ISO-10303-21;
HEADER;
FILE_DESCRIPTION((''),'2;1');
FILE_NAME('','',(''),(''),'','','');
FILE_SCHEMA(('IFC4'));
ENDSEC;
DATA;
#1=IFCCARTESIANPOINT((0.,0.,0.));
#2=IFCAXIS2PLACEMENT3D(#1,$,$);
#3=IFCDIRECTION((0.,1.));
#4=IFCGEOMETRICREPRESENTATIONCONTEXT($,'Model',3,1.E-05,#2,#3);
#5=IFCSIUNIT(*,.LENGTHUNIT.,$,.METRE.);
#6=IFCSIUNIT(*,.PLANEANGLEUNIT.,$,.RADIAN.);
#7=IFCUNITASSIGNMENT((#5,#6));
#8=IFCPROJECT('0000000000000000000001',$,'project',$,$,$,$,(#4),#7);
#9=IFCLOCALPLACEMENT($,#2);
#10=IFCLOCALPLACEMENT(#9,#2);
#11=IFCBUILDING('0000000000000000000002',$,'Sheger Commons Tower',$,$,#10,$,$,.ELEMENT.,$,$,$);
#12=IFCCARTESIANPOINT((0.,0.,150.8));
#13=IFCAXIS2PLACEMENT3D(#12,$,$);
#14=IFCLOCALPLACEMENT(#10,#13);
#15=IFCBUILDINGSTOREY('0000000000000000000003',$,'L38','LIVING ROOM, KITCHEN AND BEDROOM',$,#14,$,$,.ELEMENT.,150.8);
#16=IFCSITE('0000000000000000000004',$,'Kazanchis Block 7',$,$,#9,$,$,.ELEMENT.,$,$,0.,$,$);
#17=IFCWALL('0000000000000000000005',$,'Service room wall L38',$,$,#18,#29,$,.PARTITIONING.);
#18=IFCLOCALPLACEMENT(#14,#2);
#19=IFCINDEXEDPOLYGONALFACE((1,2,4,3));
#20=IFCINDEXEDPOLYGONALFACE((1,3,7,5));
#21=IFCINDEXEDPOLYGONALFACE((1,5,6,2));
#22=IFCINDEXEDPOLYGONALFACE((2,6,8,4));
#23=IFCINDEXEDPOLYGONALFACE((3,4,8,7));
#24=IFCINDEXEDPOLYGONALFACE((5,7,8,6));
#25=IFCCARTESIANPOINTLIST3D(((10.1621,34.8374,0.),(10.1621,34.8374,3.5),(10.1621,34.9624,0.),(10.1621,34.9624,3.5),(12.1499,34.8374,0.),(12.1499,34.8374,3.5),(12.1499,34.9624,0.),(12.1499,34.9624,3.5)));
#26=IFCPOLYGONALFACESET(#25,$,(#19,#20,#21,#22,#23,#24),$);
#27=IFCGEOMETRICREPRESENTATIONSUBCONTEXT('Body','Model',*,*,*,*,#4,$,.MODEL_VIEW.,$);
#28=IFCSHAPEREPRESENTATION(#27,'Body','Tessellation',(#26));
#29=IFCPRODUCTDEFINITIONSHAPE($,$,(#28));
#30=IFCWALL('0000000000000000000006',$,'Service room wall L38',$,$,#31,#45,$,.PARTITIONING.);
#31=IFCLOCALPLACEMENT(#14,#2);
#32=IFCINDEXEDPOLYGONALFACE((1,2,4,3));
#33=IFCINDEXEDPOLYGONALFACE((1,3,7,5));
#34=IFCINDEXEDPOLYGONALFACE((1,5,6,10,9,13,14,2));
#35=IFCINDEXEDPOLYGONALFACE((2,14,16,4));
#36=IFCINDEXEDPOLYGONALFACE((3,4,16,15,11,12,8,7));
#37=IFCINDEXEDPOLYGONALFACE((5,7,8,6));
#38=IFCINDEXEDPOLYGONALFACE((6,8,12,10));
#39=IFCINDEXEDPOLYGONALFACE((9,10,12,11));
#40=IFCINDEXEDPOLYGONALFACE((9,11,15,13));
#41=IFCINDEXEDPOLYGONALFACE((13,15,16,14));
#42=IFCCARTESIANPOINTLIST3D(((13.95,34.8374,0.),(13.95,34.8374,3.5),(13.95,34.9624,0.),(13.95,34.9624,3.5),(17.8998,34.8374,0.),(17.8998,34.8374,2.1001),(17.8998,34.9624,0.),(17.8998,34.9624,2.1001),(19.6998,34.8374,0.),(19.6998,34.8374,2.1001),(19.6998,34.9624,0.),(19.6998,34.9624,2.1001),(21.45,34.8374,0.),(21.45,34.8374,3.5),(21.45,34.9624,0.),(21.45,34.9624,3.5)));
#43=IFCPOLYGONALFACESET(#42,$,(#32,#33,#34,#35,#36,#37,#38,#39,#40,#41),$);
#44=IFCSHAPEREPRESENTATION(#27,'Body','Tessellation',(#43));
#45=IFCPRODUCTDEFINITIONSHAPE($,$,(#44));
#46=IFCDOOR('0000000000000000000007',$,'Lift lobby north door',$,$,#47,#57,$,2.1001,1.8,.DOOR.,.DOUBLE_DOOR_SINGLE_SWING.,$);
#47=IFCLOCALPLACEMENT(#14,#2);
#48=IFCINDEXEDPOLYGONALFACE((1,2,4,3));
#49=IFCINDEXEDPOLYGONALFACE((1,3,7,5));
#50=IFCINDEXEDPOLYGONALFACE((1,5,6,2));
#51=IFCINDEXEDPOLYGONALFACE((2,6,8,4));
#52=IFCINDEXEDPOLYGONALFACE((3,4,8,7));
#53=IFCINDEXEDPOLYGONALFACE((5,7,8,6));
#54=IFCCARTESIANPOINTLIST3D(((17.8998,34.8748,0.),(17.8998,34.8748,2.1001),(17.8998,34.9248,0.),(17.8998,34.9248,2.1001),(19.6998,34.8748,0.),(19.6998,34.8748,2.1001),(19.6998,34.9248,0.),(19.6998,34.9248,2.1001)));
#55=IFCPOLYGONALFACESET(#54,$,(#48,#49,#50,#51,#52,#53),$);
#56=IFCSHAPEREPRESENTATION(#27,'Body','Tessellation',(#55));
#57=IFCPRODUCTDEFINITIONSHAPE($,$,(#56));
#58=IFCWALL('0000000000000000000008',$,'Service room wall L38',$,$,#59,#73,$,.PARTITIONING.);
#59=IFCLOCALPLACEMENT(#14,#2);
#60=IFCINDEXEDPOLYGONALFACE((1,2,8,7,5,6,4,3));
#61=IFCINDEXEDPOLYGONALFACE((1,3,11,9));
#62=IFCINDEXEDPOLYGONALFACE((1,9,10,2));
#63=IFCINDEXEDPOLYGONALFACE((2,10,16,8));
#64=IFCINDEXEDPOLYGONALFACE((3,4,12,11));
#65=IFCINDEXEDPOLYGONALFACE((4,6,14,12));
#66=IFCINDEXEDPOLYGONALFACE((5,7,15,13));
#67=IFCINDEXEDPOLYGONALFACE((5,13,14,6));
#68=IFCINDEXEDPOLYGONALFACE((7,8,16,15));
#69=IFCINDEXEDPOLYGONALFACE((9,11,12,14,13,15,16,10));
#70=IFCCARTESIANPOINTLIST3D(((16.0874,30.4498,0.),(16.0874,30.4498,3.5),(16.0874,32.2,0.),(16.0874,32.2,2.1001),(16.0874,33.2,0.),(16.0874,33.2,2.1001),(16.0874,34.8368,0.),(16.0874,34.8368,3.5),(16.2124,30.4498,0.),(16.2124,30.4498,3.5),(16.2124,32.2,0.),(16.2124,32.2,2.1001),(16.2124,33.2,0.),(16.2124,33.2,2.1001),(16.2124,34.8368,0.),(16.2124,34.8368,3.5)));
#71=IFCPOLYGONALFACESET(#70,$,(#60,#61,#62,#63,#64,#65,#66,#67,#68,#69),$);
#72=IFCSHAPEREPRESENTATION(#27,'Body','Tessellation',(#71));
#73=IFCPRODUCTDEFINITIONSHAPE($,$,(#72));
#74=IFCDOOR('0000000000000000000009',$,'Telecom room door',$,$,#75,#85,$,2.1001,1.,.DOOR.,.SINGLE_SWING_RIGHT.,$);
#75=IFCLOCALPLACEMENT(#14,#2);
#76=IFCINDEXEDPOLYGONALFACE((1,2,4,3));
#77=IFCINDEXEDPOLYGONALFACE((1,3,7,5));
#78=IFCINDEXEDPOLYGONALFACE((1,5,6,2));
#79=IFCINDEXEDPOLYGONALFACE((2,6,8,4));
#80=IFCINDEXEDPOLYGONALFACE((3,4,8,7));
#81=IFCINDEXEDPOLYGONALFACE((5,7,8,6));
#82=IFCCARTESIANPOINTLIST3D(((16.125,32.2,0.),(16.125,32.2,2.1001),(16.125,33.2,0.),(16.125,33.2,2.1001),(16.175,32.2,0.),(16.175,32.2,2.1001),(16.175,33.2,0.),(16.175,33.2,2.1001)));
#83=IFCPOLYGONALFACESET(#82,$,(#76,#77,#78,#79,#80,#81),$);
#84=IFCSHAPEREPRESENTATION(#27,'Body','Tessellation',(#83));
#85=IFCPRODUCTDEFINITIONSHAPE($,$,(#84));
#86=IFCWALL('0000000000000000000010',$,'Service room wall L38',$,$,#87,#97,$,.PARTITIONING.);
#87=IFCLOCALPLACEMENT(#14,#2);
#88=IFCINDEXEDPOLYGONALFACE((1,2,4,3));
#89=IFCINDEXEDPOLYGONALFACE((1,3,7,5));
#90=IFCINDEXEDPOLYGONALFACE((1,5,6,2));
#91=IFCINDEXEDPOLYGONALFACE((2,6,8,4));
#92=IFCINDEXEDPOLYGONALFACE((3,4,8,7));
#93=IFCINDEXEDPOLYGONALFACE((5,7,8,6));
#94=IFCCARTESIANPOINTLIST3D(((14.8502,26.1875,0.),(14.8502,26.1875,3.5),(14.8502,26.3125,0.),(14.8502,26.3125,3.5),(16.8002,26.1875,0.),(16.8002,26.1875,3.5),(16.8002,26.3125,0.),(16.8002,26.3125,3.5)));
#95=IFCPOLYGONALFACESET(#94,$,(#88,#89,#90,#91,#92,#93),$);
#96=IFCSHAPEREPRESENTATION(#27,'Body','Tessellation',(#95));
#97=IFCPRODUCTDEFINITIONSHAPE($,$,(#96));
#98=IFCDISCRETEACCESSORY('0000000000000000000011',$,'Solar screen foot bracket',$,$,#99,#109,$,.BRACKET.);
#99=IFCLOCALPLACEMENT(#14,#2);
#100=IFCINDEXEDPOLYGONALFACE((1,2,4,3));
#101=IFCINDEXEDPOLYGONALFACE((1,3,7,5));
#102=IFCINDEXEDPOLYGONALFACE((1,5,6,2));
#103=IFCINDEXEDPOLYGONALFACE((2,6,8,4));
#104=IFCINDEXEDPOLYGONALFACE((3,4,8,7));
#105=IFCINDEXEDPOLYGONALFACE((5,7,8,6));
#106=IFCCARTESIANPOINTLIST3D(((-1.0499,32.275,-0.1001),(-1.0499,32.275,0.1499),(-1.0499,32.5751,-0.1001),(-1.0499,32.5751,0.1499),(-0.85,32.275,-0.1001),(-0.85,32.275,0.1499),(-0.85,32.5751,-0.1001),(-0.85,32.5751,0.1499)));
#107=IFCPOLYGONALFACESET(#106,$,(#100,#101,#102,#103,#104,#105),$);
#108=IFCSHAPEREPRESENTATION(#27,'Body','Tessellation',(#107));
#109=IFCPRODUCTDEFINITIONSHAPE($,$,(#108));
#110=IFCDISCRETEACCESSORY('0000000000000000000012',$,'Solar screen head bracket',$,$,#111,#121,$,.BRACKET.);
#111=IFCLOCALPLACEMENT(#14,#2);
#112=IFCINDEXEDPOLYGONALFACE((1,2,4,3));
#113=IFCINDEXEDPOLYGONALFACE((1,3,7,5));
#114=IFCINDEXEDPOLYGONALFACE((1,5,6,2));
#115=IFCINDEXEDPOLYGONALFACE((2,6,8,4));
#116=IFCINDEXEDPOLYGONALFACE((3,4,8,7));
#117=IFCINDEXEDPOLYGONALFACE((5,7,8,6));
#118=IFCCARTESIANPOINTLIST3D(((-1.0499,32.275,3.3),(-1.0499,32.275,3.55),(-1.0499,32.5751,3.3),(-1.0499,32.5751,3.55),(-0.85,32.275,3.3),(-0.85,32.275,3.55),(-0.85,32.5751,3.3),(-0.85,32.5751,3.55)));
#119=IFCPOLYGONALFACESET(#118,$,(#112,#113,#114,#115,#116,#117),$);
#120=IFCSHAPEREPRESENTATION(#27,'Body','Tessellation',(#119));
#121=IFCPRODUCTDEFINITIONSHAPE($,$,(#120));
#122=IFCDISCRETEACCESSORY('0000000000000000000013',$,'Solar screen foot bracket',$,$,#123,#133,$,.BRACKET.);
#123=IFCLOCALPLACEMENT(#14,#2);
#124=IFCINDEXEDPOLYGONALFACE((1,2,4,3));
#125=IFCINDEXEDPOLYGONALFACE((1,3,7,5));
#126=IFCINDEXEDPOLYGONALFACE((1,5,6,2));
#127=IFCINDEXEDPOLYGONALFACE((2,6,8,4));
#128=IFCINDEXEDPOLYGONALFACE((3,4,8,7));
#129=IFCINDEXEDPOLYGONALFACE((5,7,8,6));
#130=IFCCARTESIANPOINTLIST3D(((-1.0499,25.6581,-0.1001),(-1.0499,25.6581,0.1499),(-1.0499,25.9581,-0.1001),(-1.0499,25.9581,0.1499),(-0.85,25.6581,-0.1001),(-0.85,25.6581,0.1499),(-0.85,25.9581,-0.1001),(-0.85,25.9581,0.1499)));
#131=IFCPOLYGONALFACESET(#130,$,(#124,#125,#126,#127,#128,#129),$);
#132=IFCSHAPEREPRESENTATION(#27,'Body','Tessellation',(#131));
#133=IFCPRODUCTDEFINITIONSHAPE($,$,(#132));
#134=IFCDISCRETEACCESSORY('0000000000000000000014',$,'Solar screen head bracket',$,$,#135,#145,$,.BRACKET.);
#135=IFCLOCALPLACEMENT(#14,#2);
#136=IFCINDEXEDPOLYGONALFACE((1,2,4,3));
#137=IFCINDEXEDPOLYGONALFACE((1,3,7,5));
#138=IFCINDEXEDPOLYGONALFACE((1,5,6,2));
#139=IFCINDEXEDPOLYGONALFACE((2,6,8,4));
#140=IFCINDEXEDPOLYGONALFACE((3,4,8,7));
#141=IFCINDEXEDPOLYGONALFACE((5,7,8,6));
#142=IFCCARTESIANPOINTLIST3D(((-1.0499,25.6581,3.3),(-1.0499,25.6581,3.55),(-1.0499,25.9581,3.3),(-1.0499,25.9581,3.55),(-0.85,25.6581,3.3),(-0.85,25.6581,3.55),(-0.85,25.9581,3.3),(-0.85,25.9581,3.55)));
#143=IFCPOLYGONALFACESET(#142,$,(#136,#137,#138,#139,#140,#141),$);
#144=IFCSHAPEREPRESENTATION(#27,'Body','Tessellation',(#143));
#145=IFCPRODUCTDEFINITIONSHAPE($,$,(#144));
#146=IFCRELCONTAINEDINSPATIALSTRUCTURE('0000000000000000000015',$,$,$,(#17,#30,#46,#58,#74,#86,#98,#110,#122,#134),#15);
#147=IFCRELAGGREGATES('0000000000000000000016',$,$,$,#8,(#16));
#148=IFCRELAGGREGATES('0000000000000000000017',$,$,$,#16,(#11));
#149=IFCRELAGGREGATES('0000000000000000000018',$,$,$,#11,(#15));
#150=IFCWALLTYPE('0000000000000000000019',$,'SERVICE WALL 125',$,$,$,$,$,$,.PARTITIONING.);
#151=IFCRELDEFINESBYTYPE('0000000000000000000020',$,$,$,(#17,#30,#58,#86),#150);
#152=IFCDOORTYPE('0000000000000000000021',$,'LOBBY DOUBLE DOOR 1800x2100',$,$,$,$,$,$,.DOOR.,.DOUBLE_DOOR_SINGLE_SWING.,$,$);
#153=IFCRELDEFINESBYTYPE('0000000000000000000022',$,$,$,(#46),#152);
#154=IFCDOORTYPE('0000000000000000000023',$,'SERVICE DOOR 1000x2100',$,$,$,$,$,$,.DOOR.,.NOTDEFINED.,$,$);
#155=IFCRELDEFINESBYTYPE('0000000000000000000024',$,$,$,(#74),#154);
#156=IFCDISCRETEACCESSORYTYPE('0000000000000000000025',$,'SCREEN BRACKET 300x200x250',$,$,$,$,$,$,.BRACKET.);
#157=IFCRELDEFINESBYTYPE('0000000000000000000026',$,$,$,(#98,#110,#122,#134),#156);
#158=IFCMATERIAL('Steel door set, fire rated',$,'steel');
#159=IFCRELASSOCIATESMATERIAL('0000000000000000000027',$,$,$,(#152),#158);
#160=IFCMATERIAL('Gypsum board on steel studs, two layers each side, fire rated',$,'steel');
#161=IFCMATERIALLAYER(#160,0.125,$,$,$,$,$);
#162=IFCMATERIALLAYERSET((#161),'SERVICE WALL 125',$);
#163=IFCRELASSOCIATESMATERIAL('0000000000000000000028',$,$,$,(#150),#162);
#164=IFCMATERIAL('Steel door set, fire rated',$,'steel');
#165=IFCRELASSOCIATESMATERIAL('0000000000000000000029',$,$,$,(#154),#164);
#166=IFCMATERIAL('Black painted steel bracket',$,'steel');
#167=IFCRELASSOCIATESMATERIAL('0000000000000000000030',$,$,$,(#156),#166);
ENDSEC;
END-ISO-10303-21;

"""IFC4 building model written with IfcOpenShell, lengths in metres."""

from ifc_helpers import new_model, si_unit, direction, frame, frame_2d, origin, origin_2d, place, context, subcontext, project, spatial, rectangle, extrude, material, layer, layer_set, type_object, element, fill, save


model = new_model("IFC4")

# Units and contexts
model_context = context("Model", 3, precision=1e-05, world=origin(), true_north=direction((0.0, 1.0)))
body_context = subcontext(model_context, "Body", "Model", "MODEL_VIEW")
ifc_project = project(units=[si_unit("LENGTHUNIT", "METRE"), si_unit("PLANEANGLEUNIT", "RADIAN")], contexts=[model_context])

# Site, building, storey
site_placement = place(None, origin())
site = spatial("IfcSite", under=ifc_project, at=site_placement, Name="Kazanchis Block 7", CompositionType="ELEMENT", RefElevation=0.0)
building_placement = place(site_placement, origin())
building = spatial("IfcBuilding", under=site, at=building_placement, Name="Sheger Commons Tower", CompositionType="ELEMENT")
storey_placement = place(building_placement, frame((0.0, 0.0, 150.8)))
storey = spatial("IfcBuildingStorey", under=building, at=storey_placement, Name="L38", Description="LIVING ROOM, KITCHEN AND BEDROOM", CompositionType="ELEMENT", Elevation=150.8)

# Shared definitions
ifc_material_1 = material(Name="Steel door set, fire rated", Category="steel")
door_type_1 = type_object("IfcDoorType", Name="LOBBY DOUBLE DOOR 1800x2100", OperationType="DOUBLE_DOOR_SINGLE_SWING", PredefinedType="DOOR", material=ifc_material_1)

# Wall
ifc_material_2 = material(Name="Gypsum board on steel studs, two layers each side, fire rated", Category="steel")
ifc_layer_1 = layer(ifc_material_2, 0.125)
ifc_layer_set_1 = layer_set([ifc_layer_1], Name="SERVICE WALL 125")
wall_type_1 = type_object("IfcWallType", Name="SERVICE WALL 125", PredefinedType="PARTITIONING", material=ifc_layer_set_1)
wall_1_placement = place(storey_placement, frame((10.1621, 34.8999, 0.0), z_axis=(0.0, 0.0, 1.0), x_axis=(1.0, 0.0, 0.0)))
element("IfcWall", 1, at=wall_1_placement, inside=storey, type_object=wall_type_1, Name="Service room wall L38", PredefinedType="PARTITIONING", context=body_context, shape_type="SweptSolid", body=[
    extrude(rectangle(XDim=1.9878, YDim=0.125, at=frame_2d((0.9939, 0.0))), origin(), (0.0, 0.0, 1.0), 3.5),
])

# Walls, openings, doors
wall_2_placement = place(storey_placement, frame((13.95, 34.8999, 0.0), z_axis=(0.0, 0.0, 1.0), x_axis=(1.0, 0.0, 0.0)))
wall_2 = element("IfcWall", 2, at=wall_2_placement, inside=storey, type_object=wall_type_1, Name="Service room wall L38", PredefinedType="PARTITIONING", context=body_context, shape_type="SweptSolid", body=[
    extrude(rectangle(XDim=7.5, YDim=0.125, at=frame_2d((3.75, 0.0))), origin(), (0.0, 0.0, 1.0), 3.5),
])
opening_1_placement = place(wall_2_placement, frame((3.95, 0.0, 0.0)))
opening_1 = element("IfcOpeningElement", 3, at=opening_1_placement, cuts=wall_2, PredefinedType="OPENING", context=body_context, shape_type="SweptSolid", body=[
    extrude(rectangle(XDim=1.8, YDim=2.1001, at=frame_2d((0.8999, 1.05))), frame((0.0, 0.0725, 0.0), z_axis=(0.0, -1.0, 0.0), x_axis=(1.0, 0.0, 0.0)), (0.0, 0.0, 1.0), 0.145),
])
door_1_placement = place(opening_1_placement, origin())
door_1 = element("IfcDoor", 4, at=door_1_placement, inside=storey, type_object=door_type_1, Name="Lift lobby north door", OperationType="DOUBLE_DOOR_SINGLE_SWING", OverallHeight=2.1001, OverallWidth=1.8, PredefinedType="DOOR", context=body_context, shape_type="SweptSolid", body=[
    extrude(rectangle(XDim=1.8, YDim=2.1001, at=frame_2d((0.8999, 1.05))), frame((0.0, 0.0249, 0.0), z_axis=(0.0, -1.0, 0.0), x_axis=(1.0, 0.0, 0.0)), (0.0, 0.0, 1.0), 0.05),
])
fill(opening_1, door_1)
wall_3_placement = place(storey_placement, frame((16.1499, 30.45, 0.0), z_axis=(0.0, 0.0, 1.0), x_axis=(0.0, 1.0, 0.0)))
wall_3 = element("IfcWall", 5, at=wall_3_placement, inside=storey, type_object=wall_type_1, Name="Service room wall L38", PredefinedType="PARTITIONING", context=body_context, shape_type="SweptSolid", body=[
    extrude(rectangle(XDim=4.387, YDim=0.125, at=frame_2d((2.1934, 0.0))), origin(), (0.0, 0.0, 1.0), 3.5),
])
opening_2_placement = place(wall_3_placement, frame((1.75, 0.0, 0.0)))
opening_2 = element("IfcOpeningElement", 6, at=opening_2_placement, cuts=wall_3, PredefinedType="OPENING", context=body_context, shape_type="SweptSolid", body=[
    extrude(rectangle(XDim=1.0, YDim=2.1001, at=frame_2d((0.5, 1.05))), frame((0.0, 0.0725, 0.0), z_axis=(0.0, -1.0, 0.0), x_axis=(1.0, 0.0, 0.0)), (0.0, 0.0, 1.0), 0.145),
])
ifc_material_3 = material(Name="Steel door set, fire rated", Category="steel")
door_type_2 = type_object("IfcDoorType", Name="SERVICE DOOR 1000x2100", OperationType="NOTDEFINED", PredefinedType="DOOR", material=ifc_material_3)
door_2_placement = place(opening_2_placement, origin())
door_2 = element("IfcDoor", 7, at=door_2_placement, inside=storey, type_object=door_type_2, Name="Telecom room door", OperationType="SINGLE_SWING_RIGHT", OverallHeight=2.1001, OverallWidth=1.0, PredefinedType="DOOR", context=body_context, shape_type="SweptSolid", body=[
    extrude(rectangle(XDim=1.0, YDim=2.1001, at=frame_2d((0.5, 1.05))), frame((0.0, 0.0249, 0.0), z_axis=(0.0, -1.0, 0.0), x_axis=(1.0, 0.0, 0.0)), (0.0, 0.0, 1.0), 0.05),
])
fill(opening_2, door_2)

# Wall
wall_4_placement = place(storey_placement, frame((14.8501, 26.25, 0.0), z_axis=(0.0, 0.0, 1.0), x_axis=(1.0, 0.0, 0.0)))
element("IfcWall", 8, at=wall_4_placement, inside=storey, type_object=wall_type_1, Name="Service room wall L38", PredefinedType="PARTITIONING", context=body_context, shape_type="SweptSolid", body=[
    extrude(rectangle(XDim=1.95, YDim=0.125, at=frame_2d((0.9751, 0.0))), origin(), (0.0, 0.0, 1.0), 3.5),
])

# Discrete accessories
ifc_material_4 = material(Name="Black painted steel bracket", Category="steel")
discrete_accessory_type = type_object("IfcDiscreteAccessoryType", Name="SCREEN BRACKET 300x200x250", PredefinedType="BRACKET", material=ifc_material_4)
for number, where, z_axis, x_axis, name in (
    (9, (-0.95, 32.425, -0.1001), (0.0, 0.0, 1.0), (0.0, -1.0, 0.0), "Solar screen foot bracket"),
    (10, (-0.95, 32.425, 3.3), (0.0, 0.0, 1.0), (0.0, -1.0, 0.0), "Solar screen head bracket"),
    (11, (-0.95, 25.8081, -0.1001), (0.0, 0.0, 1.0), (0.0, -1.0, 0.0), "Solar screen foot bracket"),
    (12, (-0.95, 25.8081, 3.3), (0.0, 0.0, 1.0), (0.0, -1.0, 0.0), "Solar screen head bracket"),
):
    element("IfcDiscreteAccessory", number, at=place(storey_placement, frame(where, z_axis=z_axis, x_axis=x_axis)), inside=storey, type_object=discrete_accessory_type, Name=name, PredefinedType="BRACKET", context=body_context, shape_type="SweptSolid", body=[
        extrude(rectangle(XDim=0.3, YDim=0.2, at=origin_2d()), origin(), (0.0, 0.0, 1.0), 0.25),
    ])

save(model, "model.ifc")
